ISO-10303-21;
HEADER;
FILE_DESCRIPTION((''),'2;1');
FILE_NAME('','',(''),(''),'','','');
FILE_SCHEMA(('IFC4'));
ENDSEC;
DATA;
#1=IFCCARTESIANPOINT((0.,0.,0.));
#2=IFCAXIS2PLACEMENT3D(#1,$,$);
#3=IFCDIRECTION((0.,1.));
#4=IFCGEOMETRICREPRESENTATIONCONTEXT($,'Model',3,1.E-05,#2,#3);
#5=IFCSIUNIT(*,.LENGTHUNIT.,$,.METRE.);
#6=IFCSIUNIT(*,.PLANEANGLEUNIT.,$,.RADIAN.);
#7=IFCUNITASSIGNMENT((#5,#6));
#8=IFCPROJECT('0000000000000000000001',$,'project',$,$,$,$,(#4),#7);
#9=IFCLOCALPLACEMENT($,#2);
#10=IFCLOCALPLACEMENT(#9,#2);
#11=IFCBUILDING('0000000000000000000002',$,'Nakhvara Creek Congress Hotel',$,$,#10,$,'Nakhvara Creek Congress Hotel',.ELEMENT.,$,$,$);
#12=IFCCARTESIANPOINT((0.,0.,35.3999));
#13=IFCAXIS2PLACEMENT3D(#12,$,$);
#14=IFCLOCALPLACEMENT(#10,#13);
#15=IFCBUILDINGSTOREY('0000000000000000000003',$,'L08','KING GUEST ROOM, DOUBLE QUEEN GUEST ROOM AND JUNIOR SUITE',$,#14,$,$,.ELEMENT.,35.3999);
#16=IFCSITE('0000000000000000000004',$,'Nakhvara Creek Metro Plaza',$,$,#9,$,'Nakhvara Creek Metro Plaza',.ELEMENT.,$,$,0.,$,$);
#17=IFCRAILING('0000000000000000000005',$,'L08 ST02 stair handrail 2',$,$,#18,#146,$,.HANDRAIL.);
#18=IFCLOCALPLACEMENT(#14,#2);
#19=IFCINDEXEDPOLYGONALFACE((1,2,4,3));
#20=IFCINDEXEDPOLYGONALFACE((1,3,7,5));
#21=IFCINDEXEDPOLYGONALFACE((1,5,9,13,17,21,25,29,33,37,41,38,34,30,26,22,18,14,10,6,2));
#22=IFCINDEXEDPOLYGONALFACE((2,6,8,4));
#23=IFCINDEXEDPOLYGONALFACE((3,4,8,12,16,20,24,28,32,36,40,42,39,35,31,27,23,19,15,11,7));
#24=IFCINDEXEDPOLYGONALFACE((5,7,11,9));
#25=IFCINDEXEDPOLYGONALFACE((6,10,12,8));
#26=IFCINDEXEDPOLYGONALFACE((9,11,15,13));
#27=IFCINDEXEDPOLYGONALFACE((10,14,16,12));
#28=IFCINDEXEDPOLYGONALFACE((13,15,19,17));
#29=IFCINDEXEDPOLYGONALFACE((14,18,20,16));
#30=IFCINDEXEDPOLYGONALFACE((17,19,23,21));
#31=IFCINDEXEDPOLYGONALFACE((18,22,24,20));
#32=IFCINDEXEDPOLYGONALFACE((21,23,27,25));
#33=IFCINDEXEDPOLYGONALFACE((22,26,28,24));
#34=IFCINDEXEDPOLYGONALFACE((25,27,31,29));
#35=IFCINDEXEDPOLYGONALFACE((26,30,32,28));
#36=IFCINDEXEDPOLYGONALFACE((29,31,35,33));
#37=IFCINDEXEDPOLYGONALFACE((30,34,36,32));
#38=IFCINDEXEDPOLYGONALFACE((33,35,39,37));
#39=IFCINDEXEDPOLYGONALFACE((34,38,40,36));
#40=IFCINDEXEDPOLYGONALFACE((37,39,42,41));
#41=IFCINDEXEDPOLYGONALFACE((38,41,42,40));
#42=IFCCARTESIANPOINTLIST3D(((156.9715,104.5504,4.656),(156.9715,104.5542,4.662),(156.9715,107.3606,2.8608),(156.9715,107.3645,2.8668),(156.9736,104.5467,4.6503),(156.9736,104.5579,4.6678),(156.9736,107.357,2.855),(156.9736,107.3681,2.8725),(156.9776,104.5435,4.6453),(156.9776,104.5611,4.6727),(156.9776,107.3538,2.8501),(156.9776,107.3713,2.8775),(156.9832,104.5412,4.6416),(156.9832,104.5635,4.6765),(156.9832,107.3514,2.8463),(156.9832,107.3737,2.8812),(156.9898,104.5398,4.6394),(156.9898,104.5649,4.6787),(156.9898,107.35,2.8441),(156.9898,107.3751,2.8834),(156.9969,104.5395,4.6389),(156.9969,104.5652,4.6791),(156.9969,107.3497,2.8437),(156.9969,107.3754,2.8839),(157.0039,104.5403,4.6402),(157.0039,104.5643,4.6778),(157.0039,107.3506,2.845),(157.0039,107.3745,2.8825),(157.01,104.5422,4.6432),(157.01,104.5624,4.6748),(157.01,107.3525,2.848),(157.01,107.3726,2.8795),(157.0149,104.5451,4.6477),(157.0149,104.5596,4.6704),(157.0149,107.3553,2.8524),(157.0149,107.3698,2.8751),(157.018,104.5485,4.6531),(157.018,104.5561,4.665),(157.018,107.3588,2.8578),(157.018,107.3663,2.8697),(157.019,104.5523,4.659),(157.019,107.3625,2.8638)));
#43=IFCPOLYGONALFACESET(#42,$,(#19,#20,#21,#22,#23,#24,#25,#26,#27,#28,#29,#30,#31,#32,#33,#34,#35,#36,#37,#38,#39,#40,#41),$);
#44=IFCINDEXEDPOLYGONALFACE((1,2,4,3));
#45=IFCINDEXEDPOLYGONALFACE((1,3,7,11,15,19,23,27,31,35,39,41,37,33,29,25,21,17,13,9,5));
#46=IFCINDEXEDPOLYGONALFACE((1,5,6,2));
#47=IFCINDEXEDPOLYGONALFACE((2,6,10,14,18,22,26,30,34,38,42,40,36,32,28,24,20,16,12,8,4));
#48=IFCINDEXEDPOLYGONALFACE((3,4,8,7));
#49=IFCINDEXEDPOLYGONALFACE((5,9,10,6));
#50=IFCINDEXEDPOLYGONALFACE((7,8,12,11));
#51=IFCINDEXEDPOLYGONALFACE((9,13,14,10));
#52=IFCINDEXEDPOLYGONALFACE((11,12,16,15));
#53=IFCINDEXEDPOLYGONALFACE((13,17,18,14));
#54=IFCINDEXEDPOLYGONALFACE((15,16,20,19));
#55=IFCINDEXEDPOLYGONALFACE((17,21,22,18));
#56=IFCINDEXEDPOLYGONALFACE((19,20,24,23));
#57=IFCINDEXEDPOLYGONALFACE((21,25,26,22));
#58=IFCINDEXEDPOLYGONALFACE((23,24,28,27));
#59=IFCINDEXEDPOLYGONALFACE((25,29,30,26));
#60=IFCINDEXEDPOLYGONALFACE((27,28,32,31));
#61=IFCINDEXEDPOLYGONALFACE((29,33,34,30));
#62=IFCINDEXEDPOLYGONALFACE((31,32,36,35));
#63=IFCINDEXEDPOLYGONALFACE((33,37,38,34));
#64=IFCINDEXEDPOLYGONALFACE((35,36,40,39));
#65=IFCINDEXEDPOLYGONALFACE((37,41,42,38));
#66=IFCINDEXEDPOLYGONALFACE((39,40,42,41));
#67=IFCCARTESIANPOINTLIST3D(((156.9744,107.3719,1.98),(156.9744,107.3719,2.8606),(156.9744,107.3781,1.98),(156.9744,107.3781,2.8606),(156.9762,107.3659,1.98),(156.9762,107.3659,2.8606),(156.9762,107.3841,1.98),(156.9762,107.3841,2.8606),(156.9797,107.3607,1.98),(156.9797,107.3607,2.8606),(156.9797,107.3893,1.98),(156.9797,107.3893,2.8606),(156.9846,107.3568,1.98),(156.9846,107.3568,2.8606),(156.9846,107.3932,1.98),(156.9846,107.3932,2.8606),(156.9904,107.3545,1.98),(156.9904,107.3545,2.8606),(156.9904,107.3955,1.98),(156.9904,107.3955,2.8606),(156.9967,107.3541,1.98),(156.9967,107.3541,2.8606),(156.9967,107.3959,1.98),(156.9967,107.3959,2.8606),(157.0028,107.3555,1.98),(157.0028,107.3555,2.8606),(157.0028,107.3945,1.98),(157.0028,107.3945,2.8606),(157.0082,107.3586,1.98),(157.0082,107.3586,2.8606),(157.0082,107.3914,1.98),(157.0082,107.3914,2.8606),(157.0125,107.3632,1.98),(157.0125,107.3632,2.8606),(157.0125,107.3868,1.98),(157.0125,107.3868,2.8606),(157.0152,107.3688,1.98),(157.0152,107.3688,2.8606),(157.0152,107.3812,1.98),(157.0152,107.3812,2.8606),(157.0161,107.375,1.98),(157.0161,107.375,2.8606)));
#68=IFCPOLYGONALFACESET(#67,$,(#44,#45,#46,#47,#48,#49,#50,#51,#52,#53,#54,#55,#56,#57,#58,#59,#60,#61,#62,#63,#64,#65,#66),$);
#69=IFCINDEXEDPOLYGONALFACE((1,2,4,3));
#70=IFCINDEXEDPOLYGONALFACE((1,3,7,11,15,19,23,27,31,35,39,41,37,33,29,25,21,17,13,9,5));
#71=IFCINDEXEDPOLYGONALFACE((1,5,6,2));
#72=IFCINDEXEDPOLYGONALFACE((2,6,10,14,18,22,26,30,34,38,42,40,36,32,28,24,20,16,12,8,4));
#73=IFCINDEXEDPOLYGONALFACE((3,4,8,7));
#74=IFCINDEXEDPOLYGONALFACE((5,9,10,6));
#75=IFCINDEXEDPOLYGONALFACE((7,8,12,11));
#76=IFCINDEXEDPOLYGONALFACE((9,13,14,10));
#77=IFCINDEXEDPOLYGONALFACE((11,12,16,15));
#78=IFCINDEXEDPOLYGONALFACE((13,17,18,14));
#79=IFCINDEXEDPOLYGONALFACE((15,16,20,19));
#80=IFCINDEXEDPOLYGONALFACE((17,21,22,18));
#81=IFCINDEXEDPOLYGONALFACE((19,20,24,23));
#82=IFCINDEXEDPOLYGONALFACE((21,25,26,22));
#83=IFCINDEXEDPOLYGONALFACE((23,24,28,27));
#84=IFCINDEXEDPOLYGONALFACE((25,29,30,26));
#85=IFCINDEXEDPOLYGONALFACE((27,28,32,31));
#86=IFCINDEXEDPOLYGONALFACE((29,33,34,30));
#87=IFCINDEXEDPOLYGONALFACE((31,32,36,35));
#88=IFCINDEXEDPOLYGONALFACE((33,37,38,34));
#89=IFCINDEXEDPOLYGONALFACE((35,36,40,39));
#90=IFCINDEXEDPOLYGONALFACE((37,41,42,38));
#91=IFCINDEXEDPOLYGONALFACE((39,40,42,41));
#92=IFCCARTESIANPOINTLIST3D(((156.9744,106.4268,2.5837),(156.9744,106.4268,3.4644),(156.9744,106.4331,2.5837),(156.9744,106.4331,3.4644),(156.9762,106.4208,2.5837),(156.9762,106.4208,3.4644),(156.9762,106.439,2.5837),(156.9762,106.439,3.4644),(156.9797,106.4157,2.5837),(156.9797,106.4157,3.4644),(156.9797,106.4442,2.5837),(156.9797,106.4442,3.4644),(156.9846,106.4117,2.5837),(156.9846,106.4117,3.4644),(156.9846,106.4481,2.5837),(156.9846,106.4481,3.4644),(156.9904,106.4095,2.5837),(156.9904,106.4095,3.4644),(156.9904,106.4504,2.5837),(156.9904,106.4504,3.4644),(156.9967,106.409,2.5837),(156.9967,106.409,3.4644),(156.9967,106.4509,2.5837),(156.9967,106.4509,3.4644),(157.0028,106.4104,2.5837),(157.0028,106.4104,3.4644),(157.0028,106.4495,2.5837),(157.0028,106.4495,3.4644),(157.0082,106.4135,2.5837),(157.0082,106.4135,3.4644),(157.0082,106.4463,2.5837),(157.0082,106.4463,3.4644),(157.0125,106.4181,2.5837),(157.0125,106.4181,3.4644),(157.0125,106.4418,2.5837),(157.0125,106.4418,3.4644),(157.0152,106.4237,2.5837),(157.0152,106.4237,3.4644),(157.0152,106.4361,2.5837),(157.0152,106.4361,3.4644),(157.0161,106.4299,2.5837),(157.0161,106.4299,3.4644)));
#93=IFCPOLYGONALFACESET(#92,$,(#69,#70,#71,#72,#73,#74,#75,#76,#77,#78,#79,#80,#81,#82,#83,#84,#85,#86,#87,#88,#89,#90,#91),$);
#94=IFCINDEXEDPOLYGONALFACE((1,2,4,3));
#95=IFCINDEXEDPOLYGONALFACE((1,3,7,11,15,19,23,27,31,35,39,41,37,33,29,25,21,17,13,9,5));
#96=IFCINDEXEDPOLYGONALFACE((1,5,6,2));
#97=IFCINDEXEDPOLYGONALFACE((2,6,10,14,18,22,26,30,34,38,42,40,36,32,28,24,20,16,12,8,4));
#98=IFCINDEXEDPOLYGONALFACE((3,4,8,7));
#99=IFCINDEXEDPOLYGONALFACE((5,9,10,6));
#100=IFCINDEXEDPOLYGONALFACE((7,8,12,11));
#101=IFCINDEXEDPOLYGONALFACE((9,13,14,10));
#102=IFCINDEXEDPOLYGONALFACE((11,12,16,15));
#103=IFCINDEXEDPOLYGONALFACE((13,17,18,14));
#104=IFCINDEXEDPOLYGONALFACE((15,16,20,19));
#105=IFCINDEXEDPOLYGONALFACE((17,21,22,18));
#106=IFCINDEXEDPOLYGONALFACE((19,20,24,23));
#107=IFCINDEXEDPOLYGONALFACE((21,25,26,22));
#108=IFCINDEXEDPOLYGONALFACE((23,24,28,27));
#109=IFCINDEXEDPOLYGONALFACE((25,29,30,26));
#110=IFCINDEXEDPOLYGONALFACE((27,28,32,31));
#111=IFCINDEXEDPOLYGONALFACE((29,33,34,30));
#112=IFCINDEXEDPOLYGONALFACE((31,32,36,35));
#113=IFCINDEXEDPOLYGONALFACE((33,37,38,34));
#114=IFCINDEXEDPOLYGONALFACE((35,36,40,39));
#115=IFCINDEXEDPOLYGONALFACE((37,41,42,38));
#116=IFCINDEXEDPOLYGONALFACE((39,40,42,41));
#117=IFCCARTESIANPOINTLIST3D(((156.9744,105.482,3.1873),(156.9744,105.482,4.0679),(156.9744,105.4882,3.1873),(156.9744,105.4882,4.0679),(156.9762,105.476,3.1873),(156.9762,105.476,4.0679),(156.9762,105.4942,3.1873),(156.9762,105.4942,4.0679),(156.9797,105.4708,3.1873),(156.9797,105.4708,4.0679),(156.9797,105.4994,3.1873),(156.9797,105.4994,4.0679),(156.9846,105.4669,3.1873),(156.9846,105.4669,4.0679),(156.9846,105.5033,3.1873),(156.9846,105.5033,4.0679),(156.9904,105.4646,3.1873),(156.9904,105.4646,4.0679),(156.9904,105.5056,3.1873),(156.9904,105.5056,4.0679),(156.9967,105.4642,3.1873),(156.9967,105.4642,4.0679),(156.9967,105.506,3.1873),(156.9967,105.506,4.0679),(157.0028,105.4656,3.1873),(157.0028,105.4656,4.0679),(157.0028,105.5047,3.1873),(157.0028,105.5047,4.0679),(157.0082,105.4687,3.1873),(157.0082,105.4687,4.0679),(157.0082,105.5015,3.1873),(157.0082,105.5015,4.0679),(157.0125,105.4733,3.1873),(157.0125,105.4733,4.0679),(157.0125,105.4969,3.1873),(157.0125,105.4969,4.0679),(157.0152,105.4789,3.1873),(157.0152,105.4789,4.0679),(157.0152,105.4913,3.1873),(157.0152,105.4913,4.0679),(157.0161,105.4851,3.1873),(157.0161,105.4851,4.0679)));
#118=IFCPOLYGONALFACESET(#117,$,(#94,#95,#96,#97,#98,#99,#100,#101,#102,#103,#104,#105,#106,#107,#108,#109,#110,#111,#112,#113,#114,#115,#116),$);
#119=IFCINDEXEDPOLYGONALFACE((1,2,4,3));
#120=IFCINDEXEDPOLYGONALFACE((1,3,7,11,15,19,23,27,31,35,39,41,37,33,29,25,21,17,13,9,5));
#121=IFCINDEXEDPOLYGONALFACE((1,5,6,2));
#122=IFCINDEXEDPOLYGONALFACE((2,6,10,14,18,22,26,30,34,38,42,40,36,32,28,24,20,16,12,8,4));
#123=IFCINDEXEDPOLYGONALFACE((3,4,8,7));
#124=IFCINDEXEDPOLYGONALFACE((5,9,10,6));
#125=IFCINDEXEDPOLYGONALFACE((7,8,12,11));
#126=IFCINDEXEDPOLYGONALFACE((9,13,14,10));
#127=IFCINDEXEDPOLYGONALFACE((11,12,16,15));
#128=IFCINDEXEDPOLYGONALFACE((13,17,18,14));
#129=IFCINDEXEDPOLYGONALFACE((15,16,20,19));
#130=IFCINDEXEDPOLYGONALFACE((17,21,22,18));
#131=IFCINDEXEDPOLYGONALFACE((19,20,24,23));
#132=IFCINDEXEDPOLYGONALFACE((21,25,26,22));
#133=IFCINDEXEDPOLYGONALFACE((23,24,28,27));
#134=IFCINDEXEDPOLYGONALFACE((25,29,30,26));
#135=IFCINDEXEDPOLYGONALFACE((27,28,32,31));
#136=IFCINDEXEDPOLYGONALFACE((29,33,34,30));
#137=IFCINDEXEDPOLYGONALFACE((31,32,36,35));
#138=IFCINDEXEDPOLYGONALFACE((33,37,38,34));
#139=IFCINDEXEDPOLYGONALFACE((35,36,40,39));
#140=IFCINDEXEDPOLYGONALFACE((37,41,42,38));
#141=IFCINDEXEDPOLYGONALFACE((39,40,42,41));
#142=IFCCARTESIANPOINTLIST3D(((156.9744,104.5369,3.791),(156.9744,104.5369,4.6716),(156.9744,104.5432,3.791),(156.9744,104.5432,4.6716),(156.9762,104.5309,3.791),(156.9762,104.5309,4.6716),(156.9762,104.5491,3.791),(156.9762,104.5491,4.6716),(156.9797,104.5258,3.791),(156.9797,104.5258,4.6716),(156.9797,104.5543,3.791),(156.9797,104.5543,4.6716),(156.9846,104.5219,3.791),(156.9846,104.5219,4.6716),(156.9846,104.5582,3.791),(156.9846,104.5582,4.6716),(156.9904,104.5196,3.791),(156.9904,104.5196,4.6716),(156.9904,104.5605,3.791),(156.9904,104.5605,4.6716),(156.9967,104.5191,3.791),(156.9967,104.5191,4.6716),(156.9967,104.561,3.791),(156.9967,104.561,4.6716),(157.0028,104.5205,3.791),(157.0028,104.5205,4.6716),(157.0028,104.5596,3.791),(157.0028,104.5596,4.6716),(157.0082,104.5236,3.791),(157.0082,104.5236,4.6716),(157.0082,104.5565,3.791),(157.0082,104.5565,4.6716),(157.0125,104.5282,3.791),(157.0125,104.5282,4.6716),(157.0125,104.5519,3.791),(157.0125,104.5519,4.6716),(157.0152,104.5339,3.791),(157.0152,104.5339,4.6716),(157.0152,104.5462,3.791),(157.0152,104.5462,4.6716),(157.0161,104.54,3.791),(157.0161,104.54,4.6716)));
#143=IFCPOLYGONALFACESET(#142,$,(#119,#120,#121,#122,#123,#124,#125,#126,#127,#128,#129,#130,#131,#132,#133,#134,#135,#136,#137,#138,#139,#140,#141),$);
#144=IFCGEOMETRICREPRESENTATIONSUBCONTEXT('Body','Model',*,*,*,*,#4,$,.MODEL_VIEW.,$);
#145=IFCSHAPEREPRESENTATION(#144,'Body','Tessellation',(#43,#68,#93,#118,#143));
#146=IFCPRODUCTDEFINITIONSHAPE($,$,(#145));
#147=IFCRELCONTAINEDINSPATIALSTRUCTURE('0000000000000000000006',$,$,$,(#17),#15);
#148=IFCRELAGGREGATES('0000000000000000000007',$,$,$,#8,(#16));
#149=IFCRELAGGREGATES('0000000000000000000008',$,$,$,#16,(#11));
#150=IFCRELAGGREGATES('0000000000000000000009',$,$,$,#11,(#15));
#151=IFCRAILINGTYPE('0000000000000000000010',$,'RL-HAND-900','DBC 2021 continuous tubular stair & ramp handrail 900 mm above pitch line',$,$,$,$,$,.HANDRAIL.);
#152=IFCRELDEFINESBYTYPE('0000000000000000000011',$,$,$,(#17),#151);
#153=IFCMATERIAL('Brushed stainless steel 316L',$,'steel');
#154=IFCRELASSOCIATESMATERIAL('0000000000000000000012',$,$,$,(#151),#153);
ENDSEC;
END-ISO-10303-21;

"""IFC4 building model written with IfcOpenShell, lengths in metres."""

from ifc_helpers import new_model, si_unit, direction, frame, origin, origin_2d, place, context, subcontext, project, spatial, circle, extrude, material, type_object, element, save


model = new_model("IFC4")

# Units and contexts
model_context = context("Model", 3, precision=1e-05, world=origin(), true_north=direction((0.0, 1.0)))
body_context = subcontext(model_context, "Body", "Model", "MODEL_VIEW")
ifc_project = project(units=[si_unit("LENGTHUNIT", "METRE"), si_unit("PLANEANGLEUNIT", "RADIAN")], contexts=[model_context])

# Site, building, storey
site_placement = place(None, origin())
site = spatial("IfcSite", under=ifc_project, at=site_placement, Name="Nakhvara Creek Metro Plaza", LongName="Nakhvara Creek Metro Plaza", CompositionType="ELEMENT", RefElevation=0.0)
building_placement = place(site_placement, origin())
building = spatial("IfcBuilding", under=site, at=building_placement, Name="Nakhvara Creek Congress Hotel", LongName="Nakhvara Creek Congress Hotel", CompositionType="ELEMENT")
storey_placement = place(building_placement, frame((0.0, 0.0, 35.3999)))
storey = spatial("IfcBuildingStorey", under=building, at=storey_placement, Name="L08", Description="KING GUEST ROOM, DOUBLE QUEEN GUEST ROOM AND JUNIOR SUITE", CompositionType="ELEMENT", Elevation=35.3999)

# Railing
ifc_material_1 = material(Name="Brushed stainless steel 316L", Category="steel")
railing_type_1 = type_object("IfcRailingType", Name="RL-HAND-900", Description="DBC 2021 continuous tubular stair & ramp handrail 900 mm above pitch line", PredefinedType="HANDRAIL", material=ifc_material_1)
railing_1_placement = place(storey_placement, frame((156.9951, 107.375, 1.98)))
element("IfcRailing", 1, at=railing_1_placement, inside=storey, type_object=railing_type_1, Name="L08 ST02 stair handrail 2", PredefinedType="HANDRAIL", context=body_context, shape_type="SweptSolid", body=[
    extrude(circle(Radius=0.0239, at=origin_2d()), frame((0.0, -0.0125, 0.8838), z_axis=(0.0, -0.842722, 0.538349), x_axis=(1.0, 0.0, 0.0)), (0.0, 0.0, 1.0), 3.3347),
    extrude(circle(Radius=0.021, at=origin_2d()), origin(), (0.0, 0.0, 1.0), 0.8806),
    extrude(circle(Radius=0.021, at=origin_2d()), frame((0.0, -0.9451, 0.6038)), (0.0, 0.0, 1.0), 0.8806),
    extrude(circle(Radius=0.021, at=origin_2d()), frame((0.0, -1.8899, 1.2073)), (0.0, 0.0, 1.0), 0.8806),
    extrude(circle(Radius=0.021, at=origin_2d()), frame((0.0, -2.835, 1.811)), (0.0, 0.0, 1.0), 0.8806),
])

save(model, "model.ifc")
